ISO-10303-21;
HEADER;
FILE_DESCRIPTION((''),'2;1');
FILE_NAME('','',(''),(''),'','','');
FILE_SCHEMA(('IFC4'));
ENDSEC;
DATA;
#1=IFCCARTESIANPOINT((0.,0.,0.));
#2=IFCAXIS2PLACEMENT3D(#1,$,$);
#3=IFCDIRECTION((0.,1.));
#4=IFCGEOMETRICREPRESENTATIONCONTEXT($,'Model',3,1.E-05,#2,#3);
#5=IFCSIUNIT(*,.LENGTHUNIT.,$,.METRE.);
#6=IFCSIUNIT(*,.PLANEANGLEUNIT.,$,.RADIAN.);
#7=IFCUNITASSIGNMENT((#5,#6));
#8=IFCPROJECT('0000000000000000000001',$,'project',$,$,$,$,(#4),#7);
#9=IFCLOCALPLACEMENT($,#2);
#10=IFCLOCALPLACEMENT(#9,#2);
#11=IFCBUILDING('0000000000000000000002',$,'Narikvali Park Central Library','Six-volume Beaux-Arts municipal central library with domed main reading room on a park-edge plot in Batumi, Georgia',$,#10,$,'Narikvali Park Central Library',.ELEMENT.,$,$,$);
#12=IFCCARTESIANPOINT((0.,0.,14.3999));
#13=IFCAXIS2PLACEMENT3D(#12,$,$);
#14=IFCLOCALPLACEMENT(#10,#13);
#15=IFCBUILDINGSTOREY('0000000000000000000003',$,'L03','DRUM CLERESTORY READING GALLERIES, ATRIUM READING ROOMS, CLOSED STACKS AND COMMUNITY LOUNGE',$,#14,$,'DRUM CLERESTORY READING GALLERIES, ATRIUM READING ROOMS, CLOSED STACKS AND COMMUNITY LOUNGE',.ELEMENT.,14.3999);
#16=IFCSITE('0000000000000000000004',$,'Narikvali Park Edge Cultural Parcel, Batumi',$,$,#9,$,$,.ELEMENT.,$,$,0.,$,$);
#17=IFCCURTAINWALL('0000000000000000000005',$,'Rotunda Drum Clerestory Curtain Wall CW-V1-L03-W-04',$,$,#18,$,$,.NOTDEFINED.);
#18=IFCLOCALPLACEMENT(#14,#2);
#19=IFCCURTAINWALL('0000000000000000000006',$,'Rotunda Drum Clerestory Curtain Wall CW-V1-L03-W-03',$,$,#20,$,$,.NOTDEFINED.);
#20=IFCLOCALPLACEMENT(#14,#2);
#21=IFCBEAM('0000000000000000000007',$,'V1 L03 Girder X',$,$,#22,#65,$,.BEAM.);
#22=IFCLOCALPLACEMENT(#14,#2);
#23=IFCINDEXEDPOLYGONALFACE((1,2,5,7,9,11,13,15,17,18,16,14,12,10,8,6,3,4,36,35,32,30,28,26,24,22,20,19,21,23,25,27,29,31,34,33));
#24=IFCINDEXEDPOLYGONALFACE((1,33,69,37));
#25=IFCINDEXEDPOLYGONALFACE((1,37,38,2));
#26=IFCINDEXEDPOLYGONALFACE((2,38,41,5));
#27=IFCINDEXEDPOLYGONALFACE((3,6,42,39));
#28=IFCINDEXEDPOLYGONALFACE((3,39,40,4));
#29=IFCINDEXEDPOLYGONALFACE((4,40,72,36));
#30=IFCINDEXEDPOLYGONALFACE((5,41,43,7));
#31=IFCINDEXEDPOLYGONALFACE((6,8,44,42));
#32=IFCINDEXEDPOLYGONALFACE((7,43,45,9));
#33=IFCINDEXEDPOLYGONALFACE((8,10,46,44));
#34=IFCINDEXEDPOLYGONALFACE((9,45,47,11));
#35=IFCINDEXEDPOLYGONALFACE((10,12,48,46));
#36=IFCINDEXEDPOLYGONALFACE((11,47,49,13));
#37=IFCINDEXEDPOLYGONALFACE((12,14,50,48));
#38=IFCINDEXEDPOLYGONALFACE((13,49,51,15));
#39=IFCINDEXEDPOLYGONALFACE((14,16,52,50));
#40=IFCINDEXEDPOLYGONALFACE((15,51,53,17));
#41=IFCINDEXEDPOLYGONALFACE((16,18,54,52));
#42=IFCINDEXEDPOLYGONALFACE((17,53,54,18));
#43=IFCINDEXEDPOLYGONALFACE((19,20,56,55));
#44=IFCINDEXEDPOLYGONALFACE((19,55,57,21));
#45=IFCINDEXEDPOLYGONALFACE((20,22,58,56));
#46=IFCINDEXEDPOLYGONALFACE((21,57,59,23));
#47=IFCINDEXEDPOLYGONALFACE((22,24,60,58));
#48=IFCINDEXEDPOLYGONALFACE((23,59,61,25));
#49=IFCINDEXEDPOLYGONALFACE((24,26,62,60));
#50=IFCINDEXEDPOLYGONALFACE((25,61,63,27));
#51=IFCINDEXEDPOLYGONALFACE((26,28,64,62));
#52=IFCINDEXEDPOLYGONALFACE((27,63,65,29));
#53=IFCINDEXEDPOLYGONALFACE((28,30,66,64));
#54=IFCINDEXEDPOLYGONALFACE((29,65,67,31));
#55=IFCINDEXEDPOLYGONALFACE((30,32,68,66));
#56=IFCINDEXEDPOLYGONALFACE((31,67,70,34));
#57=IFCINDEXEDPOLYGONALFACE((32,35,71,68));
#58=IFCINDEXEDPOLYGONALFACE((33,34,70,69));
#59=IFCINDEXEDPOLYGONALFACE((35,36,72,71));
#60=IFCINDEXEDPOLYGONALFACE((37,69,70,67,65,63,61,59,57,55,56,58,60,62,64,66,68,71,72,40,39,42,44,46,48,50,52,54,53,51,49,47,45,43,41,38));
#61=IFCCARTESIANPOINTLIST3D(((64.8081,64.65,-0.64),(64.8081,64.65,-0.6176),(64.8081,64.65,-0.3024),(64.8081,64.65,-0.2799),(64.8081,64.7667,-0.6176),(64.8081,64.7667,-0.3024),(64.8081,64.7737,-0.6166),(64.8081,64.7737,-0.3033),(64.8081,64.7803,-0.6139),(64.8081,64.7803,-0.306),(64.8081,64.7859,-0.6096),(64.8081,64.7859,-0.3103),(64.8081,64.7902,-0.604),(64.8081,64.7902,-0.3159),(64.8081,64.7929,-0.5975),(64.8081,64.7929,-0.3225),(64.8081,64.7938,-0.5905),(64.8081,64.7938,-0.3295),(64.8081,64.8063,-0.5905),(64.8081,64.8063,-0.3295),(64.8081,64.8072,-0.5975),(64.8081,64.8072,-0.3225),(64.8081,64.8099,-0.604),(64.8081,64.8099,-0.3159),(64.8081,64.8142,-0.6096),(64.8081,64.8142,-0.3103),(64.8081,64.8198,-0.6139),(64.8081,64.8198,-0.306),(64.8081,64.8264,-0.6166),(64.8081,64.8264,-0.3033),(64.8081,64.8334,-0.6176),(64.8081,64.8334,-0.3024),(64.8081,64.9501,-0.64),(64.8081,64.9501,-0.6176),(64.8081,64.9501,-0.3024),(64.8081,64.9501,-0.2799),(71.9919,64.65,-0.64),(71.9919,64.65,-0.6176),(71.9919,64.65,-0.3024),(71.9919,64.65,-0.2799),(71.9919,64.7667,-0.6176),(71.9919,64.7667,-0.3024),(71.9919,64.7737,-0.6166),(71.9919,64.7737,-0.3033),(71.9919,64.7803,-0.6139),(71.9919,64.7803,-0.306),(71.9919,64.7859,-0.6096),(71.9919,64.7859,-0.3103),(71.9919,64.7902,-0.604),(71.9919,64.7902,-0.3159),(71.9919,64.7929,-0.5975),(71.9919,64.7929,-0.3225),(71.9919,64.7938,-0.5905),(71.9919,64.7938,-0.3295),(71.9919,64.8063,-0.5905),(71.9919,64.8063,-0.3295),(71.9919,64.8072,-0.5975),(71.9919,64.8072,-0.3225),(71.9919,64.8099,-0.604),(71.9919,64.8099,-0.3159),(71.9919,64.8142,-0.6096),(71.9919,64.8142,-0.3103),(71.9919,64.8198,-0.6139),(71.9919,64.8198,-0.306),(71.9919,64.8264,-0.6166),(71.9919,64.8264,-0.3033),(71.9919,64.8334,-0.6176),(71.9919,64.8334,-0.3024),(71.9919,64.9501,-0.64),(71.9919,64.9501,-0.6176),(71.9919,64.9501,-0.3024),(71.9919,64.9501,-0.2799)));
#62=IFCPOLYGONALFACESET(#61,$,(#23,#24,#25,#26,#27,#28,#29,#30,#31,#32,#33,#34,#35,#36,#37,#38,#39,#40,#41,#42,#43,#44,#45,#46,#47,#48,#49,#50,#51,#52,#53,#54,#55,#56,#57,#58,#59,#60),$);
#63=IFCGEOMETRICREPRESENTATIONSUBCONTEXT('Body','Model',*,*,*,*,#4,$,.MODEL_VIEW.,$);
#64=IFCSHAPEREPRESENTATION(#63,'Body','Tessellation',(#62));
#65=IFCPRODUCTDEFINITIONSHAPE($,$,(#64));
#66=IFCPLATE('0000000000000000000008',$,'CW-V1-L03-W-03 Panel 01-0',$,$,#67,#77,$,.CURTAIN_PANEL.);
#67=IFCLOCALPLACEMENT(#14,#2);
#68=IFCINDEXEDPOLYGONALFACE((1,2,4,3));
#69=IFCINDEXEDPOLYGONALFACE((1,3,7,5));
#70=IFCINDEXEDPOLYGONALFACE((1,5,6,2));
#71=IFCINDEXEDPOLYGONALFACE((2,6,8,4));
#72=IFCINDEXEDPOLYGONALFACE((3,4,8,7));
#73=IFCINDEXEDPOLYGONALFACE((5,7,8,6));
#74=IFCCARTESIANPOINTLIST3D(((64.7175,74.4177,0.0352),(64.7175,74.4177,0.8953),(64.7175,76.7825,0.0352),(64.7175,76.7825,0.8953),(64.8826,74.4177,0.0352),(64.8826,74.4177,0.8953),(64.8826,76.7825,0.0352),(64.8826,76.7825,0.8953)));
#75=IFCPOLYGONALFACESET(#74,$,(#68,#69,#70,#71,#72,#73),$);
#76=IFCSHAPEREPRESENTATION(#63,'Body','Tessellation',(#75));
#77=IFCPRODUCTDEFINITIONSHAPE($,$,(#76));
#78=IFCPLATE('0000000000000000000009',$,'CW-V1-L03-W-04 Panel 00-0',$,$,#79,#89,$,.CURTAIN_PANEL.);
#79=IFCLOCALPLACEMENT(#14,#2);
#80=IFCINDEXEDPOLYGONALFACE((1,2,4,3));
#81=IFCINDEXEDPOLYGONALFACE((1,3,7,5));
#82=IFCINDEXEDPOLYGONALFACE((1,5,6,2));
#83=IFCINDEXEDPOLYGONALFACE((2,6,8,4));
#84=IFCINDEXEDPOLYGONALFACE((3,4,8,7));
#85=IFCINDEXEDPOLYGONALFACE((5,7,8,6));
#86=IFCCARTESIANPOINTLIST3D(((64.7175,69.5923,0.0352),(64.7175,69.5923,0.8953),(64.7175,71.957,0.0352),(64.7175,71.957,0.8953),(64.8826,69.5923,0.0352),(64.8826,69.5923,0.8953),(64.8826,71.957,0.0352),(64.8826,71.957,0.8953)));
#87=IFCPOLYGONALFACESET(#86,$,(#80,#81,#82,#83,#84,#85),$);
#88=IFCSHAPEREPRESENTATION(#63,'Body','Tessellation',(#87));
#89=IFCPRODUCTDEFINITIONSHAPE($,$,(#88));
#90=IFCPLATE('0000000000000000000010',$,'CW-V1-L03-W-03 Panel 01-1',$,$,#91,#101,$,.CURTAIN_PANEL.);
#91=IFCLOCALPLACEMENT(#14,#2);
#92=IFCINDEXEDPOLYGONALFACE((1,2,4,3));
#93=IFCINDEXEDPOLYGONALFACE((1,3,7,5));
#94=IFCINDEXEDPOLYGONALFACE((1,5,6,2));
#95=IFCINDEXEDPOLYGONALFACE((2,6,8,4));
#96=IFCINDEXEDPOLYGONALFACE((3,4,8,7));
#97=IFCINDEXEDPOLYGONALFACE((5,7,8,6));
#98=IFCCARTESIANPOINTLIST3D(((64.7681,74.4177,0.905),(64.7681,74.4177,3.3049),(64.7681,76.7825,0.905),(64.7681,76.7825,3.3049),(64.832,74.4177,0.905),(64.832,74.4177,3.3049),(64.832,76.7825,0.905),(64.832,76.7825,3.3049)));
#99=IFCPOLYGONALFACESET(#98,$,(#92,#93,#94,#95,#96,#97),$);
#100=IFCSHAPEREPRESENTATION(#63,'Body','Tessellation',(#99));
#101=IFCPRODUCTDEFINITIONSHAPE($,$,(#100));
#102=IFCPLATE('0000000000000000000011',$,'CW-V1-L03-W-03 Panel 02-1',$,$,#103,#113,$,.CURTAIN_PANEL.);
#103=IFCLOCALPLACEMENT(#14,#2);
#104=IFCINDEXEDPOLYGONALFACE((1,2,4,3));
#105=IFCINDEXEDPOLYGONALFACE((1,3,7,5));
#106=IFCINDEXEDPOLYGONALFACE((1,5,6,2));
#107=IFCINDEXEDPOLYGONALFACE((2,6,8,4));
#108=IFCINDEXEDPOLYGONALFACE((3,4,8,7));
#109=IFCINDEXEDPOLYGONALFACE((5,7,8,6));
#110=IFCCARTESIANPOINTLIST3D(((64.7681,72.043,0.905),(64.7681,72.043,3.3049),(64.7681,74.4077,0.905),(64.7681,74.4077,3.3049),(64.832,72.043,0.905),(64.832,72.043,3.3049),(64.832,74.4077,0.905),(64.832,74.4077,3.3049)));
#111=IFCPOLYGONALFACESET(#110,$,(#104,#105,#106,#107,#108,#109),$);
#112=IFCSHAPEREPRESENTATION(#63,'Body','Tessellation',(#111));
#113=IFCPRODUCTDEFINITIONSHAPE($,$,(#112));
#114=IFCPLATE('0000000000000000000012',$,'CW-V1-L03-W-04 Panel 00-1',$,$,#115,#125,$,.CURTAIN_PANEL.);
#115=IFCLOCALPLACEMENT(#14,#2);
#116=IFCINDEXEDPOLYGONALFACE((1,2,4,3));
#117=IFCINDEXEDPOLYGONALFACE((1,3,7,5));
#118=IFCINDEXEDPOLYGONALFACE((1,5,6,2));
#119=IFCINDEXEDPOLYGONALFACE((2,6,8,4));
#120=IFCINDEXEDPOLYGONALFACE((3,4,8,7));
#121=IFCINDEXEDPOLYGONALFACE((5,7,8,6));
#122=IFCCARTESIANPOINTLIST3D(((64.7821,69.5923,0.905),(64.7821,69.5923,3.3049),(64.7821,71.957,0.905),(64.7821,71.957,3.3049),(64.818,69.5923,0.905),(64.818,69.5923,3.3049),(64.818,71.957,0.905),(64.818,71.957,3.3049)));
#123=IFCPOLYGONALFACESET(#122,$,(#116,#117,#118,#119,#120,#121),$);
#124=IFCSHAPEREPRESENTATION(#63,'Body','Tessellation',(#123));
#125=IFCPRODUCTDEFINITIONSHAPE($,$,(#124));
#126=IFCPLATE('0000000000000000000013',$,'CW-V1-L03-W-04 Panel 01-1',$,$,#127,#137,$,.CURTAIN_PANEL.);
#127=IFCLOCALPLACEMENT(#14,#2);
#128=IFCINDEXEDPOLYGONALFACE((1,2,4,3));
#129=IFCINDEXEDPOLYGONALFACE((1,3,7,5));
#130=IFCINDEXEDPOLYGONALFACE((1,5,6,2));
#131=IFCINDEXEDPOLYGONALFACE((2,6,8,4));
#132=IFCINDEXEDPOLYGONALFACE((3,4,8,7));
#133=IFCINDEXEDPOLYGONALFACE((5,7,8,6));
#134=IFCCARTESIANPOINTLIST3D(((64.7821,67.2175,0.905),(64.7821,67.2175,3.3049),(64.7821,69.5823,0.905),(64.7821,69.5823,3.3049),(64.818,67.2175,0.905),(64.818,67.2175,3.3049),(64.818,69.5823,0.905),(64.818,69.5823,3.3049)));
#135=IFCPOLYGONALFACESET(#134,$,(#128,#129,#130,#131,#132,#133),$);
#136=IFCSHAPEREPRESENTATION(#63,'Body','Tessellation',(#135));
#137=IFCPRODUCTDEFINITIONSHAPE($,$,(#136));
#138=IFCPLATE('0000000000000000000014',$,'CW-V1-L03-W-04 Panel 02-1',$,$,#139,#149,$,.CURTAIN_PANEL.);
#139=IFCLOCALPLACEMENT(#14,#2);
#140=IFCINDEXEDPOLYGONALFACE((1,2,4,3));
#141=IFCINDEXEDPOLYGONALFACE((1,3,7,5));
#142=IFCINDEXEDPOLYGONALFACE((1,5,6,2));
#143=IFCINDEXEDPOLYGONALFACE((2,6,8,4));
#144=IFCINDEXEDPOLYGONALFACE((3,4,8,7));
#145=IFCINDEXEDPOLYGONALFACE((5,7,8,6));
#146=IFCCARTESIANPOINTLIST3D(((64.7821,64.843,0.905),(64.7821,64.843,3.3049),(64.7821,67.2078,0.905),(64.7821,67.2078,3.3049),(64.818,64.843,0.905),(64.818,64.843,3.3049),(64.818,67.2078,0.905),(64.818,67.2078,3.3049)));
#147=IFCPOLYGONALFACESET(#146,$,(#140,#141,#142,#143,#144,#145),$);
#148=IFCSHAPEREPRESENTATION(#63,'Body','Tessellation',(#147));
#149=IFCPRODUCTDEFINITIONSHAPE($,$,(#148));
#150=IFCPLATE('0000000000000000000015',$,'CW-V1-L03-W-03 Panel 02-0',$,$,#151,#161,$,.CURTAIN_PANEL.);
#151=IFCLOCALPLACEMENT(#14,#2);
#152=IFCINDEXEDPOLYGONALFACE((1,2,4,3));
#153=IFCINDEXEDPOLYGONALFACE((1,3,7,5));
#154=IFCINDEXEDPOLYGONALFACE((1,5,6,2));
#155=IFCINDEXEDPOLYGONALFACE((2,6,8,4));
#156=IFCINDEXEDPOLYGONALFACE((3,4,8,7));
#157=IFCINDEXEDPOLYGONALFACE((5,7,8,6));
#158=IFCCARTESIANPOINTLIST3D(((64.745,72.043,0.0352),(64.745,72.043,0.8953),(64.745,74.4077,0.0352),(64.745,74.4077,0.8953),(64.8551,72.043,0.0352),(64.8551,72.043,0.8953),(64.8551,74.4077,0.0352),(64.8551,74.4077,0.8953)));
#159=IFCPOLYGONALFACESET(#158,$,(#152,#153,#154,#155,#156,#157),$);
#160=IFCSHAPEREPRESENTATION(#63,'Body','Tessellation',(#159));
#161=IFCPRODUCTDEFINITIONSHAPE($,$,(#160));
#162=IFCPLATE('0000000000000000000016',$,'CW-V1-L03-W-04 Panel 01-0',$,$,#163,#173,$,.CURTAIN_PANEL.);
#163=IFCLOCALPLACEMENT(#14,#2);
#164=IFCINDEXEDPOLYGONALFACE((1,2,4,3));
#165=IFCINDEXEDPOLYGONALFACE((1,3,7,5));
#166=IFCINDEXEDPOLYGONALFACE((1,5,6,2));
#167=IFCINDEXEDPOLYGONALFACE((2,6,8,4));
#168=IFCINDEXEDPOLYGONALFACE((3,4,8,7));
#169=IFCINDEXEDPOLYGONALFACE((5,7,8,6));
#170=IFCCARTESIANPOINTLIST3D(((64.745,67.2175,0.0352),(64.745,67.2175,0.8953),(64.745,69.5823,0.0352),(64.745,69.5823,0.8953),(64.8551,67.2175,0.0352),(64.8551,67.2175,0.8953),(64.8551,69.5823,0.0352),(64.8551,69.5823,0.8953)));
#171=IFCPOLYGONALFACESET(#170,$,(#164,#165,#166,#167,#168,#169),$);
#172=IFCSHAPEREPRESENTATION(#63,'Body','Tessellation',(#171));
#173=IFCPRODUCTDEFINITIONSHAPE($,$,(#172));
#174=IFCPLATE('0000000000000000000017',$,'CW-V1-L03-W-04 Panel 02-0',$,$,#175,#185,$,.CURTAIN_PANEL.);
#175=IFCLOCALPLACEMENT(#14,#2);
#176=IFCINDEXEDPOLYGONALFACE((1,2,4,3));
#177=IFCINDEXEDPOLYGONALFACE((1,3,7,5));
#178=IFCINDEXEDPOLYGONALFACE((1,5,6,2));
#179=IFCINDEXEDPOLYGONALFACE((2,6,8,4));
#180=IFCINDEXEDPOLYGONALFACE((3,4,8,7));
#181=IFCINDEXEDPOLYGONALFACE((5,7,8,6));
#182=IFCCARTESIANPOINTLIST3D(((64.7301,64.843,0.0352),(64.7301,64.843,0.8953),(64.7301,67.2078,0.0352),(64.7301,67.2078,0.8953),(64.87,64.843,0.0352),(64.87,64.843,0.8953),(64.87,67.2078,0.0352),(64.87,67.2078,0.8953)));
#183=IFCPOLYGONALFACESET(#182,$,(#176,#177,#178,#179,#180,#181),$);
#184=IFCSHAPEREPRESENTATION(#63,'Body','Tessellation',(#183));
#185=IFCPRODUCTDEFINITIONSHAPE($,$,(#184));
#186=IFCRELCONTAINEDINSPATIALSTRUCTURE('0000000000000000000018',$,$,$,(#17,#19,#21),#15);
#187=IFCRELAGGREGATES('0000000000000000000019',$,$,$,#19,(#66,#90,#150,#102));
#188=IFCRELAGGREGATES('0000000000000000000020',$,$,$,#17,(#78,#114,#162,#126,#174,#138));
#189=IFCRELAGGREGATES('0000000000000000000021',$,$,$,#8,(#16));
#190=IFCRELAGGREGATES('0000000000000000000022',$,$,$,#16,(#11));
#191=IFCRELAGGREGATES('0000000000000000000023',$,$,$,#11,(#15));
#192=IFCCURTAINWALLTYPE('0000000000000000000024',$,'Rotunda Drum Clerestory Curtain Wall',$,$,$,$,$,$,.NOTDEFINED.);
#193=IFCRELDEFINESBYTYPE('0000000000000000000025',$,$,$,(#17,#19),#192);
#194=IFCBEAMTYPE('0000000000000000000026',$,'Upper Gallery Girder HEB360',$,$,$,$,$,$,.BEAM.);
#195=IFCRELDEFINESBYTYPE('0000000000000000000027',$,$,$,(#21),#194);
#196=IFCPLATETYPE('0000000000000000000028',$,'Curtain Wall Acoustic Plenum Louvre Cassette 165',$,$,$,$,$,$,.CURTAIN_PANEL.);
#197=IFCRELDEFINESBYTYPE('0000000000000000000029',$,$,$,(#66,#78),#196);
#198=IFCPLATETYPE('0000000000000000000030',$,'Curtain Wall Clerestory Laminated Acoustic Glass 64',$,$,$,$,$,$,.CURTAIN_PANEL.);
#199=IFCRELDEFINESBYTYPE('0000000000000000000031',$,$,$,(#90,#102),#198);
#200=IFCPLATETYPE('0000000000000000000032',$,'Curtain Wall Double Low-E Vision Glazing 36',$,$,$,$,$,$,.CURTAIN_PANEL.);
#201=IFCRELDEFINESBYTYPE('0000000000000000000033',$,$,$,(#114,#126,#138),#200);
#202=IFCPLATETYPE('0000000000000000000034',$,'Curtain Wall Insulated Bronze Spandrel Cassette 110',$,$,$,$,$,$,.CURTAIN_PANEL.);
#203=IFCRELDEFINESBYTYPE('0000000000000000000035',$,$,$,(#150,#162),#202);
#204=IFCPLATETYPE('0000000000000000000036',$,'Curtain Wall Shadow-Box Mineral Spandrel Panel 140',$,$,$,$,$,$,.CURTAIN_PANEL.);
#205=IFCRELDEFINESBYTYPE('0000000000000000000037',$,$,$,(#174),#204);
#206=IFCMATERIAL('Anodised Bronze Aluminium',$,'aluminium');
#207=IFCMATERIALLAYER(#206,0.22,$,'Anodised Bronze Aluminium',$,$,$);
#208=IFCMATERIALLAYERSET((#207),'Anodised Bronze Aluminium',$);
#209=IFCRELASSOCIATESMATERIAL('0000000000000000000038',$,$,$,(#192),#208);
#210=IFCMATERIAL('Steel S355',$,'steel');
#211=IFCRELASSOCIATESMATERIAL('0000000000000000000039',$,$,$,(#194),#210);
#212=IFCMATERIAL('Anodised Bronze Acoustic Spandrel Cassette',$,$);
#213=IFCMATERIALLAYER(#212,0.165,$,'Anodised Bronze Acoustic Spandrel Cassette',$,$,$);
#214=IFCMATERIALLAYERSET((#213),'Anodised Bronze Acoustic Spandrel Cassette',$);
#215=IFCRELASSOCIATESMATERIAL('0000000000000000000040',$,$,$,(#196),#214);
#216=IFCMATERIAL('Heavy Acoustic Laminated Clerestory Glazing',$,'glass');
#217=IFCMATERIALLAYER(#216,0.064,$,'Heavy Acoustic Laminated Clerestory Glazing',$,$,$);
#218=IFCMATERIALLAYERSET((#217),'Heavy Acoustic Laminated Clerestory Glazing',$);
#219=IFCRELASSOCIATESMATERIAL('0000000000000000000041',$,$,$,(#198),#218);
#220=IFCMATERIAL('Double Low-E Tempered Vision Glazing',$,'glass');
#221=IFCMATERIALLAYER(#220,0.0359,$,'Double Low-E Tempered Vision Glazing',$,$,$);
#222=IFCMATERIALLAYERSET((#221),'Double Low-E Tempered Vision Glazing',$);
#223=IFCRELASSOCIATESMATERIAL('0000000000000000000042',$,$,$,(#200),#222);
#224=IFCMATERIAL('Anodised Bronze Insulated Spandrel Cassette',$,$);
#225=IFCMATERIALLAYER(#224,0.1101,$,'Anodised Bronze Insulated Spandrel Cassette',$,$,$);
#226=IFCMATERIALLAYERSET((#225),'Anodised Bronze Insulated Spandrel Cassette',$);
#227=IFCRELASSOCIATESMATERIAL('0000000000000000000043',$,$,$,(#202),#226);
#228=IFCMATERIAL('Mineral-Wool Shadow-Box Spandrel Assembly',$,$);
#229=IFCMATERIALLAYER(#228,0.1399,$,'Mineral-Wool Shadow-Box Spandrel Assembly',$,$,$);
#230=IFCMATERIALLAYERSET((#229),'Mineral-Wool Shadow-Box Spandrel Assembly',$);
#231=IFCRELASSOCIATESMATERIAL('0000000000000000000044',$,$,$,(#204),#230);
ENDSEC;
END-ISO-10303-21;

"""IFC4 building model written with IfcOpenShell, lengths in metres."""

from ifc_helpers import new_model, si_unit, direction, frame, origin, origin_2d, place, context, subcontext, project, spatial, rectangle, i_section, extrude, material, layer, layer_set, material_profile, profile_set, type_object, element, aggregate, save


model = new_model("IFC4")

# Units and contexts
model_context = context("Model", 3, precision=1e-05, world=origin(), true_north=direction((0.0, 1.0)))
body_context = subcontext(model_context, "Body", "Model", "MODEL_VIEW")
ifc_project = project(units=[si_unit("LENGTHUNIT", "METRE"), si_unit("PLANEANGLEUNIT", "RADIAN")], contexts=[model_context])

# Site, building, storey
site_placement = place(None, origin())
site = spatial("IfcSite", under=ifc_project, at=site_placement, Name="Narikvali Park Edge Cultural Parcel, Batumi", CompositionType="ELEMENT", RefElevation=0.0)
building_placement = place(site_placement, origin())
building = spatial("IfcBuilding", under=site, at=building_placement, Name="Narikvali Park Central Library", Description="Six-volume Beaux-Arts municipal central library with domed main reading room on a park-edge plot in Batumi, Georgia", LongName="Narikvali Park Central Library", CompositionType="ELEMENT")
storey_placement = place(building_placement, frame((0.0, 0.0, 14.3999)))
storey = spatial("IfcBuildingStorey", under=building, at=storey_placement, Name="L03", Description="DRUM CLERESTORY READING GALLERIES, ATRIUM READING ROOMS, CLOSED STACKS AND COMMUNITY LOUNGE", LongName="DRUM CLERESTORY READING GALLERIES, ATRIUM READING ROOMS, CLOSED STACKS AND COMMUNITY LOUNGE", CompositionType="ELEMENT", Elevation=14.3999)

# Shared definitions
ifc_material_1 = material(Name="Steel S355", Category="steel")

# Curtain walls
ifc_material_2 = material(Name="Anodised Bronze Aluminium", Category="aluminium")
ifc_layer_1 = layer(ifc_material_2, 0.22, Name="Anodised Bronze Aluminium")
ifc_layer_set_1 = layer_set([ifc_layer_1], Name="Anodised Bronze Aluminium")
curtain_wall_type = type_object("IfcCurtainWallType", Name="Rotunda Drum Clerestory Curtain Wall", PredefinedType="NOTDEFINED", material=ifc_layer_set_1)
curtain_wall_1_placement = place(storey_placement, origin())
curtain_wall_1 = element("IfcCurtainWall", 1, at=curtain_wall_1_placement, inside=storey, type_object=curtain_wall_type, Name="Rotunda Drum Clerestory Curtain Wall CW-V1-L03-W-04", PredefinedType="NOTDEFINED")
curtain_wall_2_placement = place(storey_placement, origin())
curtain_wall_2 = element("IfcCurtainWall", 2, at=curtain_wall_2_placement, inside=storey, type_object=curtain_wall_type, Name="Rotunda Drum Clerestory Curtain Wall CW-V1-L03-W-03", PredefinedType="NOTDEFINED")

# Beam
ifc_material_profile_1 = material_profile(ifc_material_1, i_section(OverallWidth=0.3, OverallDepth=0.3601, WebThickness=0.0125, FlangeThickness=0.0225, FilletRadius=0.0271, at=origin_2d()), Name="HEB 360")
ifc_profile_set_1 = profile_set([ifc_material_profile_1], Name="Steel S355")
beam_type_1 = type_object("IfcBeamType", Name="Upper Gallery Girder HEB360", PredefinedType="BEAM", material=ifc_profile_set_1)
beam_1_placement = place(storey_placement, frame((64.8081, 64.8, -0.46), z_axis=(1.0, 0.0, 0.0), x_axis=(0.0, 1.0, 0.0)))
element("IfcBeam", 3, at=beam_1_placement, inside=storey, type_object=beam_type_1, Name="V1 L03 Girder X", PredefinedType="BEAM", context=body_context, shape_type="SweptSolid", body=[
    extrude(i_section(OverallWidth=0.3, OverallDepth=0.3601, WebThickness=0.0125, FlangeThickness=0.0225, FilletRadius=0.0271, at=origin_2d()), origin(), (0.0, 0.0, 1.0), 7.1838),
])

# Plates
ifc_material_3 = material(Name="Anodised Bronze Acoustic Spandrel Cassette")
ifc_layer_2 = layer(ifc_material_3, 0.165, Name="Anodised Bronze Acoustic Spandrel Cassette")
ifc_layer_set_2 = layer_set([ifc_layer_2], Name="Anodised Bronze Acoustic Spandrel Cassette")
plate_type_1 = type_object("IfcPlateType", Name="Curtain Wall Acoustic Plenum Louvre Cassette 165", PredefinedType="CURTAIN_PANEL", material=ifc_layer_set_2)
plate_1_placement = place(storey_placement, frame((64.8, 75.6001, 0.0352), z_axis=(0.0, 0.0, 1.0), x_axis=(0.0, -1.0, 0.0)))
plate_1 = element("IfcPlate", 4, at=plate_1_placement, type_object=plate_type_1, Name="CW-V1-L03-W-03 Panel 01-0", PredefinedType="CURTAIN_PANEL", context=body_context, shape_type="SweptSolid", body=[
    extrude(rectangle(XDim=2.3647, YDim=0.165, at=origin_2d()), origin(), (0.0, 0.0, 1.0), 0.8601),
])
plate_2_placement = place(storey_placement, frame((64.8, 70.7747, 0.0352), z_axis=(0.0, 0.0, 1.0), x_axis=(0.0, -1.0, 0.0)))
plate_2 = element("IfcPlate", 5, at=plate_2_placement, type_object=plate_type_1, Name="CW-V1-L03-W-04 Panel 00-0", PredefinedType="CURTAIN_PANEL", context=body_context, shape_type="SweptSolid", body=[
    extrude(rectangle(XDim=2.3647, YDim=0.165, at=origin_2d()), origin(), (0.0, 0.0, 1.0), 0.8601),
])
ifc_material_4 = material(Name="Heavy Acoustic Laminated Clerestory Glazing", Category="glass")
ifc_layer_3 = layer(ifc_material_4, 0.064, Name="Heavy Acoustic Laminated Clerestory Glazing")
ifc_layer_set_3 = layer_set([ifc_layer_3], Name="Heavy Acoustic Laminated Clerestory Glazing")
plate_type_2 = type_object("IfcPlateType", Name="Curtain Wall Clerestory Laminated Acoustic Glass 64", PredefinedType="CURTAIN_PANEL", material=ifc_layer_set_3)
plate_3_placement = place(storey_placement, frame((64.8, 75.6001, 0.905), z_axis=(0.0, 0.0, 1.0), x_axis=(0.0, -1.0, 0.0)))
plate_3 = element("IfcPlate", 6, at=plate_3_placement, type_object=plate_type_2, Name="CW-V1-L03-W-03 Panel 01-1", PredefinedType="CURTAIN_PANEL", context=body_context, shape_type="SweptSolid", body=[
    extrude(rectangle(XDim=2.3647, YDim=0.064, at=origin_2d()), origin(), (0.0, 0.0, 1.0), 2.3999),
])
plate_4_placement = place(storey_placement, frame((64.8, 73.2253, 0.905), z_axis=(0.0, 0.0, 1.0), x_axis=(0.0, -1.0, 0.0)))
plate_4 = element("IfcPlate", 7, at=plate_4_placement, type_object=plate_type_2, Name="CW-V1-L03-W-03 Panel 02-1", PredefinedType="CURTAIN_PANEL", context=body_context, shape_type="SweptSolid", body=[
    extrude(rectangle(XDim=2.3647, YDim=0.064, at=origin_2d()), origin(), (0.0, 0.0, 1.0), 2.3999),
])
ifc_material_5 = material(Name="Double Low-E Tempered Vision Glazing", Category="glass")
ifc_layer_4 = layer(ifc_material_5, 0.0359, Name="Double Low-E Tempered Vision Glazing")
ifc_layer_set_4 = layer_set([ifc_layer_4], Name="Double Low-E Tempered Vision Glazing")
plate_type_3 = type_object("IfcPlateType", Name="Curtain Wall Double Low-E Vision Glazing 36", PredefinedType="CURTAIN_PANEL", material=ifc_layer_set_4)
plate_5_placement = place(storey_placement, frame((64.8, 70.7747, 0.905), z_axis=(0.0, 0.0, 1.0), x_axis=(0.0, -1.0, 0.0)))
plate_5 = element("IfcPlate", 8, at=plate_5_placement, type_object=plate_type_3, Name="CW-V1-L03-W-04 Panel 00-1", PredefinedType="CURTAIN_PANEL", context=body_context, shape_type="SweptSolid", body=[
    extrude(rectangle(XDim=2.3647, YDim=0.0359, at=origin_2d()), origin(), (0.0, 0.0, 1.0), 2.3999),
])
plate_6_placement = place(storey_placement, frame((64.8, 68.3999, 0.905), z_axis=(0.0, 0.0, 1.0), x_axis=(0.0, -1.0, 0.0)))
plate_6 = element("IfcPlate", 9, at=plate_6_placement, type_object=plate_type_3, Name="CW-V1-L03-W-04 Panel 01-1", PredefinedType="CURTAIN_PANEL", context=body_context, shape_type="SweptSolid", body=[
    extrude(rectangle(XDim=2.3647, YDim=0.0359, at=origin_2d()), origin(), (0.0, 0.0, 1.0), 2.3999),
])
plate_7_placement = place(storey_placement, frame((64.8, 66.0254, 0.905), z_axis=(0.0, 0.0, 1.0), x_axis=(0.0, -1.0, 0.0)))
plate_7 = element("IfcPlate", 10, at=plate_7_placement, type_object=plate_type_3, Name="CW-V1-L03-W-04 Panel 02-1", PredefinedType="CURTAIN_PANEL", context=body_context, shape_type="SweptSolid", body=[
    extrude(rectangle(XDim=2.3647, YDim=0.0359, at=origin_2d()), origin(), (0.0, 0.0, 1.0), 2.3999),
])
ifc_material_6 = material(Name="Anodised Bronze Insulated Spandrel Cassette")
ifc_layer_5 = layer(ifc_material_6, 0.1101, Name="Anodised Bronze Insulated Spandrel Cassette")
ifc_layer_set_5 = layer_set([ifc_layer_5], Name="Anodised Bronze Insulated Spandrel Cassette")
plate_type_4 = type_object("IfcPlateType", Name="Curtain Wall Insulated Bronze Spandrel Cassette 110", PredefinedType="CURTAIN_PANEL", material=ifc_layer_set_5)
plate_8_placement = place(storey_placement, frame((64.8, 73.2253, 0.0352), z_axis=(0.0, 0.0, 1.0), x_axis=(0.0, -1.0, 0.0)))
plate_8 = element("IfcPlate", 11, at=plate_8_placement, type_object=plate_type_4, Name="CW-V1-L03-W-03 Panel 02-0", PredefinedType="CURTAIN_PANEL", context=body_context, shape_type="SweptSolid", body=[
    extrude(rectangle(XDim=2.3647, YDim=0.1101, at=origin_2d()), origin(), (0.0, 0.0, 1.0), 0.8601),
])
aggregate(curtain_wall_2, [plate_1, plate_3, plate_8, plate_4])
plate_9_placement = place(storey_placement, frame((64.8, 68.3999, 0.0352), z_axis=(0.0, 0.0, 1.0), x_axis=(0.0, -1.0, 0.0)))
plate_9 = element("IfcPlate", 12, at=plate_9_placement, type_object=plate_type_4, Name="CW-V1-L03-W-04 Panel 01-0", PredefinedType="CURTAIN_PANEL", context=body_context, shape_type="SweptSolid", body=[
    extrude(rectangle(XDim=2.3647, YDim=0.1101, at=origin_2d()), origin(), (0.0, 0.0, 1.0), 0.8601),
])
ifc_material_7 = material(Name="Mineral-Wool Shadow-Box Spandrel Assembly")
ifc_layer_6 = layer(ifc_material_7, 0.1399, Name="Mineral-Wool Shadow-Box Spandrel Assembly")
ifc_layer_set_6 = layer_set([ifc_layer_6], Name="Mineral-Wool Shadow-Box Spandrel Assembly")
plate_type_5 = type_object("IfcPlateType", Name="Curtain Wall Shadow-Box Mineral Spandrel Panel 140", PredefinedType="CURTAIN_PANEL", material=ifc_layer_set_6)
plate_10_placement = place(storey_placement, frame((64.8, 66.0254, 0.0352), z_axis=(0.0, 0.0, 1.0), x_axis=(0.0, -1.0, 0.0)))
plate_10 = element("IfcPlate", 13, at=plate_10_placement, type_object=plate_type_5, Name="CW-V1-L03-W-04 Panel 02-0", PredefinedType="CURTAIN_PANEL", context=body_context, shape_type="SweptSolid", body=[
    extrude(rectangle(XDim=2.3647, YDim=0.1399, at=origin_2d()), origin(), (0.0, 0.0, 1.0), 0.8601),
])
aggregate(curtain_wall_1, [plate_2, plate_5, plate_9, plate_6, plate_10, plate_7])

save(model, "model.ifc")
